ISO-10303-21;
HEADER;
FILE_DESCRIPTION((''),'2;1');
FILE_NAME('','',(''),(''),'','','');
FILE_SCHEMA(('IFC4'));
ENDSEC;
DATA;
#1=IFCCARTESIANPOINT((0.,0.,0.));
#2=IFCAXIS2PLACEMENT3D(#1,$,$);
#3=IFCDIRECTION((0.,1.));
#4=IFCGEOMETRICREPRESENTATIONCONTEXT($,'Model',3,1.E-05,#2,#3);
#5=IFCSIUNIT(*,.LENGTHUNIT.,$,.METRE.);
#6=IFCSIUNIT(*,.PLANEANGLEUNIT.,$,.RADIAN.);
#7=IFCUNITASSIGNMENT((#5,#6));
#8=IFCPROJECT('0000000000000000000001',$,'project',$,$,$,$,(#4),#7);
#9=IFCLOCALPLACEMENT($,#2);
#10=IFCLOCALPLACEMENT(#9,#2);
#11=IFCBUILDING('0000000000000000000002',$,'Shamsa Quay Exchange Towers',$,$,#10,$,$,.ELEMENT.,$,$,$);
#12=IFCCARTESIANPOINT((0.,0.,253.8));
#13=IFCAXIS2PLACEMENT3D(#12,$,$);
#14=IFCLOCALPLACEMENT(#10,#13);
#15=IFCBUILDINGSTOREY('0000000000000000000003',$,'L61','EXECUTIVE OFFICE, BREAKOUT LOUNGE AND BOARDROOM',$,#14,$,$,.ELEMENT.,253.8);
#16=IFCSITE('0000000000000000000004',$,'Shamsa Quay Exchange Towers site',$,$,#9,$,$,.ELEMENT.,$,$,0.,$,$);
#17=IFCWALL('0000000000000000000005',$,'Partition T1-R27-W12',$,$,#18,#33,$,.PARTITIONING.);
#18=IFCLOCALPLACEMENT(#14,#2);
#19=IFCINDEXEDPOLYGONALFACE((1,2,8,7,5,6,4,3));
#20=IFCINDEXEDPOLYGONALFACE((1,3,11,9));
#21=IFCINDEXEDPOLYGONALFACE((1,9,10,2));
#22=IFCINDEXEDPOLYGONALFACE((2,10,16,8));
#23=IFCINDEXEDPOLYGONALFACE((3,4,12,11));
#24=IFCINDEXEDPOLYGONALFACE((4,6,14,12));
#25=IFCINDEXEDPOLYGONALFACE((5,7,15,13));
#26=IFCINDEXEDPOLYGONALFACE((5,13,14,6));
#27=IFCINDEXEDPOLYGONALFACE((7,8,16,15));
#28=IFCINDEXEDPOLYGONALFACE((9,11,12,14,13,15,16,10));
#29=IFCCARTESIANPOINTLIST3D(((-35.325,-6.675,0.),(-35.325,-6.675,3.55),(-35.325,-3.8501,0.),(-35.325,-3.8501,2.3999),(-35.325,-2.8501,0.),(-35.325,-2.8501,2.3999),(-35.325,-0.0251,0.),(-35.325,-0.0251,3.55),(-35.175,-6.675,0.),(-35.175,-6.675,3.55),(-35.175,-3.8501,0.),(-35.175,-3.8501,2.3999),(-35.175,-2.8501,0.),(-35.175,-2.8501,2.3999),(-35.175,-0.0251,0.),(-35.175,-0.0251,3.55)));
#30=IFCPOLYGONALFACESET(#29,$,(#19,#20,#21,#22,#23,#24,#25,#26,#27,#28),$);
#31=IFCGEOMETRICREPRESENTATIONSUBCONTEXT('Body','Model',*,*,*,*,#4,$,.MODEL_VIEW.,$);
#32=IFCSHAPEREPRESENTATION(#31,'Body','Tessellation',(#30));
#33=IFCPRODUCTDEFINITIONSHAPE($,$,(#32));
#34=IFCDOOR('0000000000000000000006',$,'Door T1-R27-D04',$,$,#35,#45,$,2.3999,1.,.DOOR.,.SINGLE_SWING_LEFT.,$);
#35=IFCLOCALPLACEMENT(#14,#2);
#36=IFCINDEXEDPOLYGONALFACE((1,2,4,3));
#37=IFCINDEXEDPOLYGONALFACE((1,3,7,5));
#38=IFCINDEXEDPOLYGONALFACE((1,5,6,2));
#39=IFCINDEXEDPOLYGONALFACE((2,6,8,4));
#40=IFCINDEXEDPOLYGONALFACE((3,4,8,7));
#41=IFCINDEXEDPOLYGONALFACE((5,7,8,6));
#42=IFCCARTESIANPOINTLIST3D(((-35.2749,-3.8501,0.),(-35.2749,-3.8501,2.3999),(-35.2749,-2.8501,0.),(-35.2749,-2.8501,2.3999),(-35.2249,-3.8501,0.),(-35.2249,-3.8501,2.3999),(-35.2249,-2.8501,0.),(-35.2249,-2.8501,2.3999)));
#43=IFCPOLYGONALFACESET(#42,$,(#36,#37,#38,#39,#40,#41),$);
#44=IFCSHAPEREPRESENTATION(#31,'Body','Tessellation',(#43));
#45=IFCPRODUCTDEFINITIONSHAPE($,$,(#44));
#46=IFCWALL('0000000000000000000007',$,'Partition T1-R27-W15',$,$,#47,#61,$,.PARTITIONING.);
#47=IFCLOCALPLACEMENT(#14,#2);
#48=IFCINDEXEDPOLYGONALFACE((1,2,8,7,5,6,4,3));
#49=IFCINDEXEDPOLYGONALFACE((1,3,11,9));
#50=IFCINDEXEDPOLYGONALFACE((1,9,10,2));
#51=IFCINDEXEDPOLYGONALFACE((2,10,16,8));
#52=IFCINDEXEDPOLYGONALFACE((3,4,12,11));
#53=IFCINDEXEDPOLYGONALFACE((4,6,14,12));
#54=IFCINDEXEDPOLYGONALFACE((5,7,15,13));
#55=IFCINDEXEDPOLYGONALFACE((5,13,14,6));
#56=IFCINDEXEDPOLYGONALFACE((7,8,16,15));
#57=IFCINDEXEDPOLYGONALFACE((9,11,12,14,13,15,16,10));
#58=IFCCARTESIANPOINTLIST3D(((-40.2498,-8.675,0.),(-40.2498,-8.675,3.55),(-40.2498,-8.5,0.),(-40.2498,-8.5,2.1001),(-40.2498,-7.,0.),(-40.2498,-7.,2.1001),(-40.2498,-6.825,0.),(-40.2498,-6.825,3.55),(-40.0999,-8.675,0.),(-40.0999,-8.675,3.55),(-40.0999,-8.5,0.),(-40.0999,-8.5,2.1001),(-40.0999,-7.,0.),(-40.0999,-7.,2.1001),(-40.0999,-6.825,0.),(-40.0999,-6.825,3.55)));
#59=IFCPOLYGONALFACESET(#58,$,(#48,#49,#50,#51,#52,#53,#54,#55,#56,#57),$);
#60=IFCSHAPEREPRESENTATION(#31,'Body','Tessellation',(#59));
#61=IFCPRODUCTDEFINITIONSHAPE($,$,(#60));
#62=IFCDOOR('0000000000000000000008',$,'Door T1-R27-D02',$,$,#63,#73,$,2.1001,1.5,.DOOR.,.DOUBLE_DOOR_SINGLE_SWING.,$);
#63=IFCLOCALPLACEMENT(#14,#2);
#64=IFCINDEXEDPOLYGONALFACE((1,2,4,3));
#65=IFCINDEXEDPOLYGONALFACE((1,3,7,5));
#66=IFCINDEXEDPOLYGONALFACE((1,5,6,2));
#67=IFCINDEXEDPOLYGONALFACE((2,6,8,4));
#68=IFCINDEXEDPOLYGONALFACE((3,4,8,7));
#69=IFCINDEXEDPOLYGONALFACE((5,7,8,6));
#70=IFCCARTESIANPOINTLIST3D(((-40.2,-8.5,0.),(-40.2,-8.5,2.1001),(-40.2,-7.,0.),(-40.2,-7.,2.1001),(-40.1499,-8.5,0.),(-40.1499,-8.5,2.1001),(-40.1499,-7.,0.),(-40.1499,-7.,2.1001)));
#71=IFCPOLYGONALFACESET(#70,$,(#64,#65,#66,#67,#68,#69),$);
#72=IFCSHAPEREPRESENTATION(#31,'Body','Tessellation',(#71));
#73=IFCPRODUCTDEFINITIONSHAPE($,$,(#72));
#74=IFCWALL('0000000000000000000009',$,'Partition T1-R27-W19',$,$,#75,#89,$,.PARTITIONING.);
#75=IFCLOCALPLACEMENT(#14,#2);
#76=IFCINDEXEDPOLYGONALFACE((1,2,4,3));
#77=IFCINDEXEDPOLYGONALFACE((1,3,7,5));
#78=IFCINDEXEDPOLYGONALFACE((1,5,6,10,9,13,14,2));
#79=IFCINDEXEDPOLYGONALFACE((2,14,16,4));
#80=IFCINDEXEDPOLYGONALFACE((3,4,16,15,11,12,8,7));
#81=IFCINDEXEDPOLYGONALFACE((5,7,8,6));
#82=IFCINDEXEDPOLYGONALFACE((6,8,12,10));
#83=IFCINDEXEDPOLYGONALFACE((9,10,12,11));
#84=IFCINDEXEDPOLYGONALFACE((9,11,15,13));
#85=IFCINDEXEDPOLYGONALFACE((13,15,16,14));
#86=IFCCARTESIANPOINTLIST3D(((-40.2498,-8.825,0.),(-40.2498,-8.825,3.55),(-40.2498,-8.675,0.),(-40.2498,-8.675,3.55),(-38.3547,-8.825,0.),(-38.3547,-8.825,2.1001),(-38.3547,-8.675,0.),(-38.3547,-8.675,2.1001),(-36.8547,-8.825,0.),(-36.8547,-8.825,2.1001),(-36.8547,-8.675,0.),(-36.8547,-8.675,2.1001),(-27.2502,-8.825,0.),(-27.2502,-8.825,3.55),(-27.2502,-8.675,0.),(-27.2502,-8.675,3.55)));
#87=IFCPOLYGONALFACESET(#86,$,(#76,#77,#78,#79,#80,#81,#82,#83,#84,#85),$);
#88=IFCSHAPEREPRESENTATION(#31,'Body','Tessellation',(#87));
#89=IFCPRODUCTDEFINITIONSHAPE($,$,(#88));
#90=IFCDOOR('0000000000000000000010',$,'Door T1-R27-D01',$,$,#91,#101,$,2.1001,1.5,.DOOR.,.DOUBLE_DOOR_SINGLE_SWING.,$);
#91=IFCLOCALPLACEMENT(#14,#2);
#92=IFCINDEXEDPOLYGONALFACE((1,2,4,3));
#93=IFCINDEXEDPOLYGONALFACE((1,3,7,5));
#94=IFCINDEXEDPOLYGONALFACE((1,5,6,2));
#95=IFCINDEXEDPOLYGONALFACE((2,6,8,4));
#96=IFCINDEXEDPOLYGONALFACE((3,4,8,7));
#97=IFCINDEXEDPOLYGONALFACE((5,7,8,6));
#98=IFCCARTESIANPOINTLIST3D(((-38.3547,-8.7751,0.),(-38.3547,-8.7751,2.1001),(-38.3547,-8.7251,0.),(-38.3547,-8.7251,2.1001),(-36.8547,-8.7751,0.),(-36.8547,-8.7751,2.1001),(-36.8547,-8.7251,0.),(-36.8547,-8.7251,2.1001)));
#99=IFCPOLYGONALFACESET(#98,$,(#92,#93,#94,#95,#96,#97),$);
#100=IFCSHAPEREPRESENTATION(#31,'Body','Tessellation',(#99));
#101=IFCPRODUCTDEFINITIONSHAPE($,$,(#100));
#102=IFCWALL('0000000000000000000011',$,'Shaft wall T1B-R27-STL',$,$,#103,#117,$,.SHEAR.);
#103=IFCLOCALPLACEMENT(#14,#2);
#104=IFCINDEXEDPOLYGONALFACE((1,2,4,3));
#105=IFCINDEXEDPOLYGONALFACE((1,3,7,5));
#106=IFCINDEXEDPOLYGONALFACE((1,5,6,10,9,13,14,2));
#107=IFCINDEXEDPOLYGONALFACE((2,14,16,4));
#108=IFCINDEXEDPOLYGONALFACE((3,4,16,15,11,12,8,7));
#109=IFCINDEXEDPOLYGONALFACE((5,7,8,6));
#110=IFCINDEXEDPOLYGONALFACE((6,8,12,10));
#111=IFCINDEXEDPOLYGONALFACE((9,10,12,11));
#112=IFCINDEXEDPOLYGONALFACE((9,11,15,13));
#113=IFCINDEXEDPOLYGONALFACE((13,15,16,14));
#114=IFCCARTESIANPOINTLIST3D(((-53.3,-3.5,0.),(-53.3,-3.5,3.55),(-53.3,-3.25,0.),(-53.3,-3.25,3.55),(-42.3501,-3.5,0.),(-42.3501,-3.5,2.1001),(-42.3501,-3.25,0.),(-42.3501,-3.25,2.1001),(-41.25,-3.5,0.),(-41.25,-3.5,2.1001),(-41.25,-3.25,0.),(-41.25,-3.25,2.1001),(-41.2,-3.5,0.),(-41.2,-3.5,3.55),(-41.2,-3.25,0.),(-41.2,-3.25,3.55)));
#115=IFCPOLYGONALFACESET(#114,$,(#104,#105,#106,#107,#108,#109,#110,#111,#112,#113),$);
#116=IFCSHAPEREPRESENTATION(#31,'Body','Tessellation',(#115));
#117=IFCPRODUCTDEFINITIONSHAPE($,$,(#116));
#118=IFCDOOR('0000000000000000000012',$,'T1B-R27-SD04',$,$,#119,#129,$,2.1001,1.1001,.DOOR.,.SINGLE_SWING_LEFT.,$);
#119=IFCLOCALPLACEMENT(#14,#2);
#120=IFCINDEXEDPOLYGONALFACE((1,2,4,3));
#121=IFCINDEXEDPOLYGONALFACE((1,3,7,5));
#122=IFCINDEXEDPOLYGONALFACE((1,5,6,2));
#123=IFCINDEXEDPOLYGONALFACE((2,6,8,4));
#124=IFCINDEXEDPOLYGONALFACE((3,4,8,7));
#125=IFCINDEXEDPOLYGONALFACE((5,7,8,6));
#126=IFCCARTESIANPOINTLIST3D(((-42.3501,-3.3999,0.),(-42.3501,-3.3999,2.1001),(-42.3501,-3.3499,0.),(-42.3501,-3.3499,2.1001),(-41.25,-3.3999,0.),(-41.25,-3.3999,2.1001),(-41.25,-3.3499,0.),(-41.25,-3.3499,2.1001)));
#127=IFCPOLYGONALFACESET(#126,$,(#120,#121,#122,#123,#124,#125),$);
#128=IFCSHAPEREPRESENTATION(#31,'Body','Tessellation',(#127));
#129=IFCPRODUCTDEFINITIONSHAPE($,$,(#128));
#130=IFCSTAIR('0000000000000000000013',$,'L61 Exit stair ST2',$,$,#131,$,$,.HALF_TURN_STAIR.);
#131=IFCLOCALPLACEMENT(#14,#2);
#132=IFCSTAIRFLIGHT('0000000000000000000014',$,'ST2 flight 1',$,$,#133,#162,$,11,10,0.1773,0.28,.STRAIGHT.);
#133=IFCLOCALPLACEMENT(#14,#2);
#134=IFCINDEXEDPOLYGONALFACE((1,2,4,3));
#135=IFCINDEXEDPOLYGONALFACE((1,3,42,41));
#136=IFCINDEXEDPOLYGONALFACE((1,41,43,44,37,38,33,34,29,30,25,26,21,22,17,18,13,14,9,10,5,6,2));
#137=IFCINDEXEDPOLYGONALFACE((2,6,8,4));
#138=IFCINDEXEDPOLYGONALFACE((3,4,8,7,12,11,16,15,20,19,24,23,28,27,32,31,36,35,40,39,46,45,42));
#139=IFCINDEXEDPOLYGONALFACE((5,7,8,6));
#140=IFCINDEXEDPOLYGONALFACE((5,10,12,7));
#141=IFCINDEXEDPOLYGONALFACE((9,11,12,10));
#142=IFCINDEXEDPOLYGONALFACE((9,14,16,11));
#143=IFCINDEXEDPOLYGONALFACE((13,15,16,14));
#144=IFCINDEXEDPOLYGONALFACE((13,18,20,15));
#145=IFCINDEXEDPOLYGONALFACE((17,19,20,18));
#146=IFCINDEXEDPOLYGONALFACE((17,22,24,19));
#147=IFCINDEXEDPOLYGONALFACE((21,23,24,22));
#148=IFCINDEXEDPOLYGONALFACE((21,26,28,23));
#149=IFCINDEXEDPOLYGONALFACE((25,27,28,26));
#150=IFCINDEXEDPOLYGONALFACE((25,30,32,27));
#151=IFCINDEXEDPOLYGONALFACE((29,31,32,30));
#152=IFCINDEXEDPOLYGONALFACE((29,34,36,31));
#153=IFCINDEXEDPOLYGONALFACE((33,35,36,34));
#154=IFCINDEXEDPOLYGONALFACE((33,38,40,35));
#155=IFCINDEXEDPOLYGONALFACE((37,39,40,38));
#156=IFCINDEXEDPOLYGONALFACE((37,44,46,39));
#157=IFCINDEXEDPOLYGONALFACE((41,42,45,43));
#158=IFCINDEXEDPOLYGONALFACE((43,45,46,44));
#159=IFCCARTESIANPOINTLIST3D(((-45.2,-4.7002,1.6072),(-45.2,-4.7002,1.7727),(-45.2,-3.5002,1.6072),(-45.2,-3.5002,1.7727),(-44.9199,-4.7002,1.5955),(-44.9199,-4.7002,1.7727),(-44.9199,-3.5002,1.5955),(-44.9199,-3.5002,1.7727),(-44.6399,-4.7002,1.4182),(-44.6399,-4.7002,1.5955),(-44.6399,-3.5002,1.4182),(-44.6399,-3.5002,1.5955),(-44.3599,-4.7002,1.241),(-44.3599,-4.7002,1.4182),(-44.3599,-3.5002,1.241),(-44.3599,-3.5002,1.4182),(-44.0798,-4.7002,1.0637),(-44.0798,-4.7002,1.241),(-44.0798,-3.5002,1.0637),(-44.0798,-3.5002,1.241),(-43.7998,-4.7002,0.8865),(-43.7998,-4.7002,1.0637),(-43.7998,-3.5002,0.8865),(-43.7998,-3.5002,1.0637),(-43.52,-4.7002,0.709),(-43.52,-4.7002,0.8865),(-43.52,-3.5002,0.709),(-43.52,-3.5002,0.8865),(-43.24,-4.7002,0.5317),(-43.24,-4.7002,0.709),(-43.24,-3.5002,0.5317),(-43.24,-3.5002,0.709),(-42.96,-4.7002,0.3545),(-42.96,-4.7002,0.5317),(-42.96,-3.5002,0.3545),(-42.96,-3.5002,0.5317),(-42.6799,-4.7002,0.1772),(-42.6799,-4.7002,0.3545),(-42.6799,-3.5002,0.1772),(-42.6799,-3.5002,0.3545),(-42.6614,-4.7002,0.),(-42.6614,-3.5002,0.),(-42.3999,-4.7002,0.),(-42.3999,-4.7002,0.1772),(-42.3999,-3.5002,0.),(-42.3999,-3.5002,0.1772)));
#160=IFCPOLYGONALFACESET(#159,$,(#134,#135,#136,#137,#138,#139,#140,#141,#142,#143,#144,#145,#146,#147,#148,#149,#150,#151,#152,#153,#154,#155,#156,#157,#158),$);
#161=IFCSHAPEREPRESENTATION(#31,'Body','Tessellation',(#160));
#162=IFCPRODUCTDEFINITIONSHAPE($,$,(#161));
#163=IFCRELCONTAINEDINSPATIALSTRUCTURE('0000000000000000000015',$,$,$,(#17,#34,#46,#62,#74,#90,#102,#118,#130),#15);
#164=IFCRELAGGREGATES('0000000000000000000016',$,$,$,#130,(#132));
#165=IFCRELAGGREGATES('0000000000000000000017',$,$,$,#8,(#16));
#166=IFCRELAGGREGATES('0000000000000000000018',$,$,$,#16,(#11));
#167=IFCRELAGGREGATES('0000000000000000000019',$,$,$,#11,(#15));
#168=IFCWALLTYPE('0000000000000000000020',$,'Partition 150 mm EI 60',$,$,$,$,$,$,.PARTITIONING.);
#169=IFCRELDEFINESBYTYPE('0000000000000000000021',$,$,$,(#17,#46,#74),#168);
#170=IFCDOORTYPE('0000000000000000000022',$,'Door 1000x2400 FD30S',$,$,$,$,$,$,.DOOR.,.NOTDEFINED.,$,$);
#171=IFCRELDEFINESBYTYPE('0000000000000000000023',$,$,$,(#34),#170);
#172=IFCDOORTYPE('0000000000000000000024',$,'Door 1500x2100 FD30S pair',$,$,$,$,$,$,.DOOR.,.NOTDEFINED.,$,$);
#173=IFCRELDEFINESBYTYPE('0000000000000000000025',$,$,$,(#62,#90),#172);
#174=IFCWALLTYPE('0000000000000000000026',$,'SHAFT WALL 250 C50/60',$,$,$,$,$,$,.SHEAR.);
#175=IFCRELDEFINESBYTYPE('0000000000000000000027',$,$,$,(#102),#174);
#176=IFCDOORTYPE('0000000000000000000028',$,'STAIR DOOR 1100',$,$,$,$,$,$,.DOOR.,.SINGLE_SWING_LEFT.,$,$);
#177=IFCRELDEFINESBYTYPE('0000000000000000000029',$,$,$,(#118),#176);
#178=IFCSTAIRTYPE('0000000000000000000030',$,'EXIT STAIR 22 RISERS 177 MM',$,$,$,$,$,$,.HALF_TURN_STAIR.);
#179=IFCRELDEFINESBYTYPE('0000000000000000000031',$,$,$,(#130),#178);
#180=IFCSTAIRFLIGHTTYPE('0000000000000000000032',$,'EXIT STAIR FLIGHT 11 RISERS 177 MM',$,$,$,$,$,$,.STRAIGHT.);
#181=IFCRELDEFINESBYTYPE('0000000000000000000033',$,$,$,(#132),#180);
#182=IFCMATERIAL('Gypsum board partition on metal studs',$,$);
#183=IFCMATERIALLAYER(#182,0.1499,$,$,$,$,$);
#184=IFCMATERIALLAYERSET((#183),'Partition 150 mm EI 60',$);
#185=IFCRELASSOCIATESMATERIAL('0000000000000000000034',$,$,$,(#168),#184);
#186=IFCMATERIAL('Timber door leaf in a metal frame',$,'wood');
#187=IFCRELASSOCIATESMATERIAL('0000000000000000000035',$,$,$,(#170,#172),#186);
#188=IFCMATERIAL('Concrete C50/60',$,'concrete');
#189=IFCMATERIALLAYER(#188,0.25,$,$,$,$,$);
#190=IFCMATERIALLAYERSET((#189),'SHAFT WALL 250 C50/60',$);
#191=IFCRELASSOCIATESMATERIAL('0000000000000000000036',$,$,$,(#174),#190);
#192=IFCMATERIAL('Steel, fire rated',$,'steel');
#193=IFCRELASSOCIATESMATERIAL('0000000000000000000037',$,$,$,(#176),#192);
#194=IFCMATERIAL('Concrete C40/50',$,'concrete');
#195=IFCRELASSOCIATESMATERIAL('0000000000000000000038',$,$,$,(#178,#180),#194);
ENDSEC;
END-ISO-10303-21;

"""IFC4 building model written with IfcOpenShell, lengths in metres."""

from ifc_helpers import new_model, si_unit, direction, frame, frame_2d, origin, place, context, subcontext, project, spatial, polyline, rectangle, outline, extrude, material, layer, layer_set, type_object, element, fill, aggregate, save


model = new_model("IFC4")

# Units and contexts
model_context = context("Model", 3, precision=1e-05, world=origin(), true_north=direction((0.0, 1.0)))
body_context = subcontext(model_context, "Body", "Model", "MODEL_VIEW")
ifc_project = project(units=[si_unit("LENGTHUNIT", "METRE"), si_unit("PLANEANGLEUNIT", "RADIAN")], contexts=[model_context])

# Site, building, storey
site_placement = place(None, origin())
site = spatial("IfcSite", under=ifc_project, at=site_placement, Name="Shamsa Quay Exchange Towers site", CompositionType="ELEMENT", RefElevation=0.0)
building_placement = place(site_placement, origin())
building = spatial("IfcBuilding", under=site, at=building_placement, Name="Shamsa Quay Exchange Towers", CompositionType="ELEMENT")
storey_placement = place(building_placement, frame((0.0, 0.0, 253.8)))
storey = spatial("IfcBuildingStorey", under=building, at=storey_placement, Name="L61", Description="EXECUTIVE OFFICE, BREAKOUT LOUNGE AND BOARDROOM", CompositionType="ELEMENT", Elevation=253.8)

# Shared definitions
ifc_material_1 = material(Name="Steel, fire rated", Category="steel")

# Shared definitions
ifc_material_2 = material(Name="Gypsum board partition on metal studs")
ifc_layer_1 = layer(ifc_material_2, 0.1499)
ifc_layer_set_1 = layer_set([ifc_layer_1], Name="Partition 150 mm EI 60")
wall_type_1 = type_object("IfcWallType", Name="Partition 150 mm EI 60", PredefinedType="PARTITIONING", material=ifc_layer_set_1)

# Walls, openings, doors
wall_1_placement = place(storey_placement, frame((-35.25, -6.675, 0.0), z_axis=(0.0, 0.0, 1.0), x_axis=(0.0, 1.0, 0.0)))
wall_1 = element("IfcWall", 1, at=wall_1_placement, inside=storey, type_object=wall_type_1, Name="Partition T1-R27-W12", PredefinedType="PARTITIONING", context=body_context, shape_type="SweptSolid", body=[
    extrude(rectangle(XDim=6.6499, YDim=0.1499, at=frame_2d((3.325, 0.0))), origin(), (0.0, 0.0, 1.0), 3.55),
])
opening_1_placement = place(wall_1_placement, frame((2.825, 0.0, 0.0)))
opening_1 = element("IfcOpeningElement", 2, at=opening_1_placement, cuts=wall_1, PredefinedType="OPENING", context=body_context, shape_type="SweptSolid", body=[
    extrude(rectangle(XDim=1.0, YDim=2.3999, at=frame_2d((0.5, 1.2))), frame((0.0, 0.085, 0.0), z_axis=(0.0, -1.0, 0.0), x_axis=(1.0, 0.0, 0.0)), (0.0, 0.0, 1.0), 0.1699),
])
ifc_material_3 = material(Name="Timber door leaf in a metal frame", Category="wood")
door_type_1 = type_object("IfcDoorType", Name="Door 1000x2400 FD30S", OperationType="NOTDEFINED", PredefinedType="DOOR", material=ifc_material_3)
door_1_placement = place(opening_1_placement, origin())
door_1 = element("IfcDoor", 3, at=door_1_placement, inside=storey, type_object=door_type_1, Name="Door T1-R27-D04", OperationType="SINGLE_SWING_LEFT", OverallHeight=2.3999, OverallWidth=1.0, PredefinedType="DOOR", context=body_context, shape_type="SweptSolid", body=[
    extrude(rectangle(XDim=1.0, YDim=2.3999, at=frame_2d((0.5, 1.2))), frame((0.0, 0.0249, 0.0), z_axis=(0.0, -1.0, 0.0), x_axis=(1.0, 0.0, 0.0)), (0.0, 0.0, 1.0), 0.05),
])
fill(opening_1, door_1)
wall_2_placement = place(storey_placement, frame((-40.1748, -6.825, 0.0), z_axis=(0.0, 0.0, 1.0), x_axis=(0.0, -1.0, 0.0)))
wall_2 = element("IfcWall", 4, at=wall_2_placement, inside=storey, type_object=wall_type_1, Name="Partition T1-R27-W15", PredefinedType="PARTITIONING", context=body_context, shape_type="SweptSolid", body=[
    extrude(rectangle(XDim=1.8501, YDim=0.1499, at=frame_2d((0.925, 0.0))), origin(), (0.0, 0.0, 1.0), 3.55),
])
opening_2_placement = place(wall_2_placement, frame((0.175, 0.0, 0.0)))
opening_2 = element("IfcOpeningElement", 5, at=opening_2_placement, cuts=wall_2, PredefinedType="OPENING", context=body_context, shape_type="SweptSolid", body=[
    extrude(rectangle(XDim=1.5, YDim=2.1001, at=frame_2d((0.75, 1.05))), frame((0.0, 0.085, 0.0), z_axis=(0.0, -1.0, 0.0), x_axis=(1.0, 0.0, 0.0)), (0.0, 0.0, 1.0), 0.1699),
])
door_type_2 = type_object("IfcDoorType", Name="Door 1500x2100 FD30S pair", OperationType="NOTDEFINED", PredefinedType="DOOR", material=ifc_material_3)
door_2_placement = place(opening_2_placement, origin())
door_2 = element("IfcDoor", 6, at=door_2_placement, inside=storey, type_object=door_type_2, Name="Door T1-R27-D02", OperationType="DOUBLE_DOOR_SINGLE_SWING", OverallHeight=2.1001, OverallWidth=1.5, PredefinedType="DOOR", context=body_context, shape_type="SweptSolid", body=[
    extrude(rectangle(XDim=1.5, YDim=2.1001, at=frame_2d((0.75, 1.05))), frame((0.0, 0.0249, 0.0), z_axis=(0.0, -1.0, 0.0), x_axis=(1.0, 0.0, 0.0)), (0.0, 0.0, 1.0), 0.05),
])
fill(opening_2, door_2)
wall_3_placement = place(storey_placement, frame((-40.2498, -8.75, 0.0)))
wall_3 = element("IfcWall", 7, at=wall_3_placement, inside=storey, type_object=wall_type_1, Name="Partition T1-R27-W19", PredefinedType="PARTITIONING", context=body_context, shape_type="SweptSolid", body=[
    extrude(rectangle(XDim=12.9995, YDim=0.1499, at=frame_2d((6.4998, 0.0))), origin(), (0.0, 0.0, 1.0), 3.55),
])
opening_3_placement = place(wall_3_placement, frame((1.895, 0.0, 0.0)))
opening_3 = element("IfcOpeningElement", 8, at=opening_3_placement, cuts=wall_3, PredefinedType="OPENING", context=body_context, shape_type="SweptSolid", body=[
    extrude(rectangle(XDim=1.5, YDim=2.1001, at=frame_2d((0.75, 1.05))), frame((0.0, 0.085, 0.0), z_axis=(0.0, -1.0, 0.0), x_axis=(1.0, 0.0, 0.0)), (0.0, 0.0, 1.0), 0.1699),
])
door_3_placement = place(opening_3_placement, origin())
door_3 = element("IfcDoor", 9, at=door_3_placement, inside=storey, type_object=door_type_2, Name="Door T1-R27-D01", OperationType="DOUBLE_DOOR_SINGLE_SWING", OverallHeight=2.1001, OverallWidth=1.5, PredefinedType="DOOR", context=body_context, shape_type="SweptSolid", body=[
    extrude(rectangle(XDim=1.5, YDim=2.1001, at=frame_2d((0.75, 1.05))), frame((0.0, 0.0249, 0.0), z_axis=(0.0, -1.0, 0.0), x_axis=(1.0, 0.0, 0.0)), (0.0, 0.0, 1.0), 0.05),
])
fill(opening_3, door_3)
ifc_material_4 = material(Name="Concrete C50/60", Category="concrete")
ifc_layer_2 = layer(ifc_material_4, 0.25)
ifc_layer_set_2 = layer_set([ifc_layer_2], Name="SHAFT WALL 250 C50/60")
wall_type_2 = type_object("IfcWallType", Name="SHAFT WALL 250 C50/60", PredefinedType="SHEAR", material=ifc_layer_set_2)
wall_4_placement = place(storey_placement, frame((-41.2, -3.375, 0.0), z_axis=(0.0, 0.0, 1.0), x_axis=(-1.0, 0.0, 0.0)))
wall_4 = element("IfcWall", 10, at=wall_4_placement, inside=storey, type_object=wall_type_2, Name="Shaft wall T1B-R27-STL", PredefinedType="SHEAR", context=body_context, shape_type="SweptSolid", body=[
    extrude(rectangle(XDim=12.1001, YDim=0.25, at=frame_2d((6.05, 0.0))), origin(), (0.0, 0.0, 1.0), 3.55),
])
opening_4_placement = place(wall_4_placement, frame((0.05, 0.0, 0.0)))
opening_4 = element("IfcOpeningElement", 11, at=opening_4_placement, cuts=wall_4, PredefinedType="OPENING", context=body_context, shape_type="SweptSolid", body=[
    extrude(rectangle(XDim=1.1001, YDim=2.1001, at=frame_2d((0.55, 1.05))), frame((0.0, 0.135, 0.0), z_axis=(0.0, -1.0, 0.0), x_axis=(1.0, 0.0, 0.0)), (0.0, 0.0, 1.0), 0.27),
])
door_type_3 = type_object("IfcDoorType", Name="STAIR DOOR 1100", OperationType="SINGLE_SWING_LEFT", PredefinedType="DOOR", material=ifc_material_1)
door_4_placement = place(opening_4_placement, origin())
door_4 = element("IfcDoor", 12, at=door_4_placement, inside=storey, type_object=door_type_3, Name="T1B-R27-SD04", OperationType="SINGLE_SWING_LEFT", OverallHeight=2.1001, OverallWidth=1.1001, PredefinedType="DOOR", context=body_context, shape_type="SweptSolid", body=[
    extrude(rectangle(XDim=1.1001, YDim=2.1001, at=frame_2d((0.55, 1.05))), frame((0.0, 0.0249, 0.0), z_axis=(0.0, -1.0, 0.0), x_axis=(1.0, 0.0, 0.0)), (0.0, 0.0, 1.0), 0.05),
])
fill(opening_4, door_4)

# Stair, stair flight
ifc_material_5 = material(Name="Concrete C40/50", Category="concrete")
stair_type = type_object("IfcStairType", Name="EXIT STAIR 22 RISERS 177 MM", PredefinedType="HALF_TURN_STAIR", material=ifc_material_5)
stair_placement = place(storey_placement, origin())
stair = element("IfcStair", 13, at=stair_placement, inside=storey, type_object=stair_type, Name="L61 Exit stair ST2", PredefinedType="HALF_TURN_STAIR")
stair_flight_type = type_object("IfcStairFlightType", Name="EXIT STAIR FLIGHT 11 RISERS 177 MM", PredefinedType="STRAIGHT", material=ifc_material_5)
stair_flight_placement = place(storey_placement, frame((-42.3999, -4.1001, 0.0), z_axis=(0.0, 0.0, 1.0), x_axis=(-1.0, 0.0, 0.0)))
stair_flight = element("IfcStairFlight", 14, at=stair_flight_placement, type_object=stair_flight_type, Name="ST2 flight 1", NumberOfRisers=11, NumberOfTreads=10, PredefinedType="STRAIGHT", RiserHeight=0.1773, TreadLength=0.28, context=body_context, shape_type="SweptSolid", body=[
    extrude(outline(polyline([(0.0, 0.0), (0.0, 0.1772), (0.28, 0.1772), (0.28, 0.3545), (0.5601, 0.3545), (0.5601, 0.5317), (0.8401, 0.5317), (0.8401, 0.709), (1.1201, 0.709), (1.1201, 0.8865), (1.3999, 0.8865), (1.3999, 1.0637), (1.6799, 1.0637), (1.6799, 1.241), (1.96, 1.241), (1.96, 1.4182), (2.24, 1.4182), (2.24, 1.5955), (2.52, 1.5955), (2.52, 1.7727), (2.8, 1.7727), (2.8, 1.95), (2.8, 1.6072), (0.2615, 0.0), (0.0, 0.0)])), frame((0.0, 0.6001, 0.0), z_axis=(0.0, -1.0, 0.0), x_axis=(1.0, 0.0, 0.0)), (0.0, 0.0, 1.0), 1.2),
])
aggregate(stair, [stair_flight])

save(model, "model.ifc")
